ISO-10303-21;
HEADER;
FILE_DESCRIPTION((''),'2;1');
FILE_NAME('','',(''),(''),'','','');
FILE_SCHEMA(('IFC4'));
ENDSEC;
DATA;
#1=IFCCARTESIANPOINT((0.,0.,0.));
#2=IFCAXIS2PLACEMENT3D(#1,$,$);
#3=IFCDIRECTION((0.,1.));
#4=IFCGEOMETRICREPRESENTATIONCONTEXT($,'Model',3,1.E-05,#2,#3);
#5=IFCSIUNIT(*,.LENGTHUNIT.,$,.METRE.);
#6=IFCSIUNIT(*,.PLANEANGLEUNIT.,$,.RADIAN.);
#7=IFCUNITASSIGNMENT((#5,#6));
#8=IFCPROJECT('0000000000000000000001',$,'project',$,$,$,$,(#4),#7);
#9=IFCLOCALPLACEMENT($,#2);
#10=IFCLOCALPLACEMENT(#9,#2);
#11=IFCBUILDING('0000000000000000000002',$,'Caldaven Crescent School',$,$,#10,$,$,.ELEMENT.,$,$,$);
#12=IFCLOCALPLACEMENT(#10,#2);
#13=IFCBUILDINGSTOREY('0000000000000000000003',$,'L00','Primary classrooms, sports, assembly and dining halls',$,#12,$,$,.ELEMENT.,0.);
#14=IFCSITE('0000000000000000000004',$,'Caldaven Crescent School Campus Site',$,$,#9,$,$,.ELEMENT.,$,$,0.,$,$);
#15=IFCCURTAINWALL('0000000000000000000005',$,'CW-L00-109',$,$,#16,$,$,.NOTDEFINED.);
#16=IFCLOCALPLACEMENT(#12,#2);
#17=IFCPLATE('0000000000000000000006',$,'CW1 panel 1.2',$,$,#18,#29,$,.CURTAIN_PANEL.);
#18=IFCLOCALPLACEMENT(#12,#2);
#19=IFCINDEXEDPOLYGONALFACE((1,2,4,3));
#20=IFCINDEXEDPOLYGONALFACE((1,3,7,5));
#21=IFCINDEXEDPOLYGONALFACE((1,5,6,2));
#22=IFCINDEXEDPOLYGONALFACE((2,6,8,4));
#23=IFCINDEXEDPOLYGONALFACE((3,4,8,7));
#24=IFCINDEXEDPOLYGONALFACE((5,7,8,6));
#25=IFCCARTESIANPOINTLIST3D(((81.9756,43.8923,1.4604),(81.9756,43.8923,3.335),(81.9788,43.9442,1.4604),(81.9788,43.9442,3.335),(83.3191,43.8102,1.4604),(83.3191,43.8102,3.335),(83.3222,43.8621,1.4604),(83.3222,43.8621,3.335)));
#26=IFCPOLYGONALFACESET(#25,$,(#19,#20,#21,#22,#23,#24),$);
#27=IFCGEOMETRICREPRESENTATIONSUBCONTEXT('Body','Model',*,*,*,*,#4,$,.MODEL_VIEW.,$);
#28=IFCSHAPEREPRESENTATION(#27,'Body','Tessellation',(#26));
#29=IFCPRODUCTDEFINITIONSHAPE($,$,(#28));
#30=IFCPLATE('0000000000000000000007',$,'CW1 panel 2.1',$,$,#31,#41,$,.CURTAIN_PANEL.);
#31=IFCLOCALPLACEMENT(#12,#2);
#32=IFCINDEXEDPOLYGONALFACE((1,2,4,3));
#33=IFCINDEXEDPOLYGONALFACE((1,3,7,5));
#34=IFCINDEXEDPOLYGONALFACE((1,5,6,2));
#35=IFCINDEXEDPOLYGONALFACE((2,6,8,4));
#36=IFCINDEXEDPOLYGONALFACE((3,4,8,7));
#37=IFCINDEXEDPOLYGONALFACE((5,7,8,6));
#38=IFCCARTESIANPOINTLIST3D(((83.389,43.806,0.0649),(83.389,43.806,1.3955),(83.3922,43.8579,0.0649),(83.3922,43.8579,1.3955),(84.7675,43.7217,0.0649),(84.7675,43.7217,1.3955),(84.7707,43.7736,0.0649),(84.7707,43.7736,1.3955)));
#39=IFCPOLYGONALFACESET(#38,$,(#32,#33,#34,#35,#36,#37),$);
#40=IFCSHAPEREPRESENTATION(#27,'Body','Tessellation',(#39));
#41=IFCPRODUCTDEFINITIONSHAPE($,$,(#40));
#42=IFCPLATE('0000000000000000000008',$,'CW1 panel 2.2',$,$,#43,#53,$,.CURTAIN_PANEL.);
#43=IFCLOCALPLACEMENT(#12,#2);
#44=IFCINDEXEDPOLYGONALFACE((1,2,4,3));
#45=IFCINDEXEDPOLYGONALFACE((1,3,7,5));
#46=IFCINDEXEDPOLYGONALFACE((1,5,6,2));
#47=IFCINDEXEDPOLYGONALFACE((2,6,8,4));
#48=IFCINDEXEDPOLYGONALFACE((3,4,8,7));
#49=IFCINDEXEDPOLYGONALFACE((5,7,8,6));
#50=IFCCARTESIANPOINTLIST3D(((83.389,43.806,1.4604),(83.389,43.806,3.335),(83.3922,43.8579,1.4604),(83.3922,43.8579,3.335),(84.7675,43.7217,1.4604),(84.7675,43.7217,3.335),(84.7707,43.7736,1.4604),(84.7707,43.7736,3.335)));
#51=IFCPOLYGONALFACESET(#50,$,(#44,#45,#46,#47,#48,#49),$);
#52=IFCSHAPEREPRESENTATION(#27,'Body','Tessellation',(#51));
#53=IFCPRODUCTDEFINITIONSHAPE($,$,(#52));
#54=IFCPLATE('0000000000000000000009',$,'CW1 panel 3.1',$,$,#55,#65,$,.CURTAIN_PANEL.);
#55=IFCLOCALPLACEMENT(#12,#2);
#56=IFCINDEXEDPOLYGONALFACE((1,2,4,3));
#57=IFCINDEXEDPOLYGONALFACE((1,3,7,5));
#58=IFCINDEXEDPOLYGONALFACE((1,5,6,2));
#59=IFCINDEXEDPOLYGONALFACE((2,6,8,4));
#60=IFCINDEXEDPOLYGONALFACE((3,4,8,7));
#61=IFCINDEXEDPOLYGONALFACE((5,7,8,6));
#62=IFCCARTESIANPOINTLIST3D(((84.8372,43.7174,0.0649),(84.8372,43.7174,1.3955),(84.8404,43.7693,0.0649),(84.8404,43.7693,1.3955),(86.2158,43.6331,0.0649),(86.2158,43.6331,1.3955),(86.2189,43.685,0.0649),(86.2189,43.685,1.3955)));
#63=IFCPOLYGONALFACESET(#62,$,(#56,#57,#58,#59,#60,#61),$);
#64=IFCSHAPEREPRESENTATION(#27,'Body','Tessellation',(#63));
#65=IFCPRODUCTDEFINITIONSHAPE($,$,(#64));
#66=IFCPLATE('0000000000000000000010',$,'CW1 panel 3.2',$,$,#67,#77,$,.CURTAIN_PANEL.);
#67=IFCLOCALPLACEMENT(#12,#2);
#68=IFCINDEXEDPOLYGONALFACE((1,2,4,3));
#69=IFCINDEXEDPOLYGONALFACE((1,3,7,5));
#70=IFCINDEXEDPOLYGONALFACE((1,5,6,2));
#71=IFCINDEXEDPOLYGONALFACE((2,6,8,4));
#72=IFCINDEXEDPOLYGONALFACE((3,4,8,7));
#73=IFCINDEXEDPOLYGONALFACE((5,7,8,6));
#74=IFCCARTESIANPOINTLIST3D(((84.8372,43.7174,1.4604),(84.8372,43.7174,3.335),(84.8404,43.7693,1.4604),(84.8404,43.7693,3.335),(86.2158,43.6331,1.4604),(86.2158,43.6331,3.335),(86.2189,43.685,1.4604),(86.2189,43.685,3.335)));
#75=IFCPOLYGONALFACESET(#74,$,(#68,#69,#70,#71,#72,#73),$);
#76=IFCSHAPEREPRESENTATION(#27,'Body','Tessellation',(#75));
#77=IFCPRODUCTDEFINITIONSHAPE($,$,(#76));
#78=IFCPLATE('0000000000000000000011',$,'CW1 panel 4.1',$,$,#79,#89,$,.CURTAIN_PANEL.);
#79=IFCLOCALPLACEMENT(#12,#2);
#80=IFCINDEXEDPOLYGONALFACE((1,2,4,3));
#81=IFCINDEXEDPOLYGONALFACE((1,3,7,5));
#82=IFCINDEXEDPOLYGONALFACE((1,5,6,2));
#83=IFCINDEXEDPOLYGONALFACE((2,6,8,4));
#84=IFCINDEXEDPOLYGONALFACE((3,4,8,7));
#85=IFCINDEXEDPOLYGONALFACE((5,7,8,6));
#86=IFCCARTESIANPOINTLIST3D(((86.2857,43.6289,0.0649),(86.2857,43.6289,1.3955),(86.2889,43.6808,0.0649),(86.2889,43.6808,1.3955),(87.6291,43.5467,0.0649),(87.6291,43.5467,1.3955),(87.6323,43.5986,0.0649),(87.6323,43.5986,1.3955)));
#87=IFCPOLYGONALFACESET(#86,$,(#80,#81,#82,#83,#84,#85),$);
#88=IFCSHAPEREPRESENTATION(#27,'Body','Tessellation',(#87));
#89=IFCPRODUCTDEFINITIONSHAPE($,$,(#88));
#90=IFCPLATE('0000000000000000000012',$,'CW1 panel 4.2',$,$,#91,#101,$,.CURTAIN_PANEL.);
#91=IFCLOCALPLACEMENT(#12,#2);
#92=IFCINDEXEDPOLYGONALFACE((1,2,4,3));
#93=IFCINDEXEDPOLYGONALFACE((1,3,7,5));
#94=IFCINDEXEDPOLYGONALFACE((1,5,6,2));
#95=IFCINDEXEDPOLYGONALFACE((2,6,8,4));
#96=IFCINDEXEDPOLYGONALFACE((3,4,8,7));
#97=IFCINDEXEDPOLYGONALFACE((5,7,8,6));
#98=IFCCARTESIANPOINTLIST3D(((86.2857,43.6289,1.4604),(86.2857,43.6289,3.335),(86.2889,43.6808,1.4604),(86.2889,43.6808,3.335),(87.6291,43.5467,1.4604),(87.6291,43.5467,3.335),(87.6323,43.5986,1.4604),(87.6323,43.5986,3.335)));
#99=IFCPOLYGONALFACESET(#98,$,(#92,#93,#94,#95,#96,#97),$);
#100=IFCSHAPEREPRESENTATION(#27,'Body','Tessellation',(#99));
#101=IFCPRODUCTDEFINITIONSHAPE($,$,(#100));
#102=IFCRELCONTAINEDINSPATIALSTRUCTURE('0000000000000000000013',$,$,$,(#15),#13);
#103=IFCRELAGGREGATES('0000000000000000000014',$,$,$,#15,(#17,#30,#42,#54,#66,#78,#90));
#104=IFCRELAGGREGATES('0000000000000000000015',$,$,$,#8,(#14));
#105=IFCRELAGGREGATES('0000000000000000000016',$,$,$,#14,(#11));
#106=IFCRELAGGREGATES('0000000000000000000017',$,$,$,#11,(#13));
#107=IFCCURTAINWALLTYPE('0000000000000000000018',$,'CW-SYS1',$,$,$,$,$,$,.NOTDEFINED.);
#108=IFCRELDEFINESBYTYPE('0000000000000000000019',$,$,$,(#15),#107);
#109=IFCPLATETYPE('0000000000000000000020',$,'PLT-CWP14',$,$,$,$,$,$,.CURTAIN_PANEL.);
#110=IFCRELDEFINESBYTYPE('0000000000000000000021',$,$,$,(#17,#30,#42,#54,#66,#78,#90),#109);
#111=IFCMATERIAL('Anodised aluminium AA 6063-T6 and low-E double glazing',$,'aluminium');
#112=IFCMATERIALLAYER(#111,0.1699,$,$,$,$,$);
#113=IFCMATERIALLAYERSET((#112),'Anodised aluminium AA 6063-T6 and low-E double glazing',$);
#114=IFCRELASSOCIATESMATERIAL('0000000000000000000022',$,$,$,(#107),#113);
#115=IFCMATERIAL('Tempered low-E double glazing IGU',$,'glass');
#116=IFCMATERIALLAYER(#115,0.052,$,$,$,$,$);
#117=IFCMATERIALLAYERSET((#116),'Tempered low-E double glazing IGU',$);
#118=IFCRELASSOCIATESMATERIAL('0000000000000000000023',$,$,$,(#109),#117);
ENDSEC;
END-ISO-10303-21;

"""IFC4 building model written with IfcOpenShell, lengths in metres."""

from ifc_helpers import new_model, si_unit, direction, frame, origin, origin_2d, place, context, subcontext, project, spatial, rectangle, extrude, material, layer, layer_set, type_object, element, aggregate, save


model = new_model("IFC4")

# Units and contexts
model_context = context("Model", 3, precision=1e-05, world=origin(), true_north=direction((0.0, 1.0)))
body_context = subcontext(model_context, "Body", "Model", "MODEL_VIEW")
ifc_project = project(units=[si_unit("LENGTHUNIT", "METRE"), si_unit("PLANEANGLEUNIT", "RADIAN")], contexts=[model_context])

# Site, building, storey
site_placement = place(None, origin())
site = spatial("IfcSite", under=ifc_project, at=site_placement, Name="Caldaven Crescent School Campus Site", CompositionType="ELEMENT", RefElevation=0.0)
building_placement = place(site_placement, origin())
building = spatial("IfcBuilding", under=site, at=building_placement, Name="Caldaven Crescent School", CompositionType="ELEMENT")
storey_placement = place(building_placement, origin())
storey = spatial("IfcBuildingStorey", under=building, at=storey_placement, Name="L00", Description="Primary classrooms, sports, assembly and dining halls", CompositionType="ELEMENT", Elevation=0.0)

# Shared definitions
ifc_material_1 = material(Name="Anodised aluminium AA 6063-T6 and low-E double glazing", Category="aluminium")

# Curtain wall
ifc_layer_1 = layer(ifc_material_1, 0.1699)
ifc_layer_set_1 = layer_set([ifc_layer_1], Name="Anodised aluminium AA 6063-T6 and low-E double glazing")
curtain_wall_type_1 = type_object("IfcCurtainWallType", Name="CW-SYS1", PredefinedType="NOTDEFINED", material=ifc_layer_set_1)
curtain_wall_1_placement = place(storey_placement, origin())
curtain_wall_1 = element("IfcCurtainWall", 1, at=curtain_wall_1_placement, inside=storey, type_object=curtain_wall_type_1, Name="CW-L00-109", PredefinedType="NOTDEFINED")

# Plates
ifc_material_2 = material(Name="Tempered low-E double glazing IGU", Category="glass")
ifc_layer_2 = layer(ifc_material_2, 0.052)
ifc_layer_set_2 = layer_set([ifc_layer_2], Name="Tempered low-E double glazing IGU")
plate_type_1 = type_object("IfcPlateType", Name="PLT-CWP14", PredefinedType="CURTAIN_PANEL", material=ifc_layer_set_2)
plate_1_placement = place(storey_placement, frame((82.6489, 43.8772, 1.4604), z_axis=(0.0, 0.0, 1.0), x_axis=(0.998135, -0.061049, 0.0)))
plate_1 = element("IfcPlate", 2, at=plate_1_placement, type_object=plate_type_1, Name="CW1 panel 1.2", PredefinedType="CURTAIN_PANEL", context=body_context, shape_type="SweptSolid", body=[
    extrude(rectangle(XDim=1.3459, YDim=0.052, at=origin_2d()), origin(), (0.0, 0.0, 1.0), 1.8745),
])
plate_2_placement = place(storey_placement, frame((84.0798, 43.7898, 0.0649), z_axis=(0.0, 0.0, 1.0), x_axis=(0.998135, -0.061049, 0.0)))
plate_2 = element("IfcPlate", 3, at=plate_2_placement, type_object=plate_type_1, Name="CW1 panel 2.1", PredefinedType="CURTAIN_PANEL", context=body_context, shape_type="SweptSolid", body=[
    extrude(rectangle(XDim=1.3811, YDim=0.052, at=origin_2d()), origin(), (0.0, 0.0, 1.0), 1.3306),
])
plate_3_placement = place(storey_placement, frame((84.0798, 43.7898, 1.4604), z_axis=(0.0, 0.0, 1.0), x_axis=(0.998135, -0.061049, 0.0)))
plate_3 = element("IfcPlate", 4, at=plate_3_placement, type_object=plate_type_1, Name="CW1 panel 2.2", PredefinedType="CURTAIN_PANEL", context=body_context, shape_type="SweptSolid", body=[
    extrude(rectangle(XDim=1.3811, YDim=0.052, at=origin_2d()), origin(), (0.0, 0.0, 1.0), 1.8745),
])
plate_4_placement = place(storey_placement, frame((85.5281, 43.7012, 0.0649), z_axis=(0.0, 0.0, 1.0), x_axis=(0.998135, -0.061049, 0.0)))
plate_4 = element("IfcPlate", 5, at=plate_4_placement, type_object=plate_type_1, Name="CW1 panel 3.1", PredefinedType="CURTAIN_PANEL", context=body_context, shape_type="SweptSolid", body=[
    extrude(rectangle(XDim=1.3811, YDim=0.052, at=origin_2d()), origin(), (0.0, 0.0, 1.0), 1.3306),
])
plate_5_placement = place(storey_placement, frame((85.5281, 43.7012, 1.4604), z_axis=(0.0, 0.0, 1.0), x_axis=(0.998135, -0.061049, 0.0)))
plate_5 = element("IfcPlate", 6, at=plate_5_placement, type_object=plate_type_1, Name="CW1 panel 3.2", PredefinedType="CURTAIN_PANEL", context=body_context, shape_type="SweptSolid", body=[
    extrude(rectangle(XDim=1.3811, YDim=0.052, at=origin_2d()), origin(), (0.0, 0.0, 1.0), 1.8745),
])
plate_6_placement = place(storey_placement, frame((86.959, 43.6138, 0.0649), z_axis=(0.0, 0.0, 1.0), x_axis=(0.998135, -0.061049, 0.0)))
plate_6 = element("IfcPlate", 7, at=plate_6_placement, type_object=plate_type_1, Name="CW1 panel 4.1", PredefinedType="CURTAIN_PANEL", context=body_context, shape_type="SweptSolid", body=[
    extrude(rectangle(XDim=1.3459, YDim=0.052, at=origin_2d()), origin(), (0.0, 0.0, 1.0), 1.3306),
])
plate_7_placement = place(storey_placement, frame((86.959, 43.6138, 1.4604), z_axis=(0.0, 0.0, 1.0), x_axis=(0.998135, -0.061049, 0.0)))
plate_7 = element("IfcPlate", 8, at=plate_7_placement, type_object=plate_type_1, Name="CW1 panel 4.2", PredefinedType="CURTAIN_PANEL", context=body_context, shape_type="SweptSolid", body=[
    extrude(rectangle(XDim=1.3459, YDim=0.052, at=origin_2d()), origin(), (0.0, 0.0, 1.0), 1.8745),
])
aggregate(curtain_wall_1, [plate_1, plate_2, plate_3, plate_4, plate_5, plate_6, plate_7])

save(model, "model.ifc")
